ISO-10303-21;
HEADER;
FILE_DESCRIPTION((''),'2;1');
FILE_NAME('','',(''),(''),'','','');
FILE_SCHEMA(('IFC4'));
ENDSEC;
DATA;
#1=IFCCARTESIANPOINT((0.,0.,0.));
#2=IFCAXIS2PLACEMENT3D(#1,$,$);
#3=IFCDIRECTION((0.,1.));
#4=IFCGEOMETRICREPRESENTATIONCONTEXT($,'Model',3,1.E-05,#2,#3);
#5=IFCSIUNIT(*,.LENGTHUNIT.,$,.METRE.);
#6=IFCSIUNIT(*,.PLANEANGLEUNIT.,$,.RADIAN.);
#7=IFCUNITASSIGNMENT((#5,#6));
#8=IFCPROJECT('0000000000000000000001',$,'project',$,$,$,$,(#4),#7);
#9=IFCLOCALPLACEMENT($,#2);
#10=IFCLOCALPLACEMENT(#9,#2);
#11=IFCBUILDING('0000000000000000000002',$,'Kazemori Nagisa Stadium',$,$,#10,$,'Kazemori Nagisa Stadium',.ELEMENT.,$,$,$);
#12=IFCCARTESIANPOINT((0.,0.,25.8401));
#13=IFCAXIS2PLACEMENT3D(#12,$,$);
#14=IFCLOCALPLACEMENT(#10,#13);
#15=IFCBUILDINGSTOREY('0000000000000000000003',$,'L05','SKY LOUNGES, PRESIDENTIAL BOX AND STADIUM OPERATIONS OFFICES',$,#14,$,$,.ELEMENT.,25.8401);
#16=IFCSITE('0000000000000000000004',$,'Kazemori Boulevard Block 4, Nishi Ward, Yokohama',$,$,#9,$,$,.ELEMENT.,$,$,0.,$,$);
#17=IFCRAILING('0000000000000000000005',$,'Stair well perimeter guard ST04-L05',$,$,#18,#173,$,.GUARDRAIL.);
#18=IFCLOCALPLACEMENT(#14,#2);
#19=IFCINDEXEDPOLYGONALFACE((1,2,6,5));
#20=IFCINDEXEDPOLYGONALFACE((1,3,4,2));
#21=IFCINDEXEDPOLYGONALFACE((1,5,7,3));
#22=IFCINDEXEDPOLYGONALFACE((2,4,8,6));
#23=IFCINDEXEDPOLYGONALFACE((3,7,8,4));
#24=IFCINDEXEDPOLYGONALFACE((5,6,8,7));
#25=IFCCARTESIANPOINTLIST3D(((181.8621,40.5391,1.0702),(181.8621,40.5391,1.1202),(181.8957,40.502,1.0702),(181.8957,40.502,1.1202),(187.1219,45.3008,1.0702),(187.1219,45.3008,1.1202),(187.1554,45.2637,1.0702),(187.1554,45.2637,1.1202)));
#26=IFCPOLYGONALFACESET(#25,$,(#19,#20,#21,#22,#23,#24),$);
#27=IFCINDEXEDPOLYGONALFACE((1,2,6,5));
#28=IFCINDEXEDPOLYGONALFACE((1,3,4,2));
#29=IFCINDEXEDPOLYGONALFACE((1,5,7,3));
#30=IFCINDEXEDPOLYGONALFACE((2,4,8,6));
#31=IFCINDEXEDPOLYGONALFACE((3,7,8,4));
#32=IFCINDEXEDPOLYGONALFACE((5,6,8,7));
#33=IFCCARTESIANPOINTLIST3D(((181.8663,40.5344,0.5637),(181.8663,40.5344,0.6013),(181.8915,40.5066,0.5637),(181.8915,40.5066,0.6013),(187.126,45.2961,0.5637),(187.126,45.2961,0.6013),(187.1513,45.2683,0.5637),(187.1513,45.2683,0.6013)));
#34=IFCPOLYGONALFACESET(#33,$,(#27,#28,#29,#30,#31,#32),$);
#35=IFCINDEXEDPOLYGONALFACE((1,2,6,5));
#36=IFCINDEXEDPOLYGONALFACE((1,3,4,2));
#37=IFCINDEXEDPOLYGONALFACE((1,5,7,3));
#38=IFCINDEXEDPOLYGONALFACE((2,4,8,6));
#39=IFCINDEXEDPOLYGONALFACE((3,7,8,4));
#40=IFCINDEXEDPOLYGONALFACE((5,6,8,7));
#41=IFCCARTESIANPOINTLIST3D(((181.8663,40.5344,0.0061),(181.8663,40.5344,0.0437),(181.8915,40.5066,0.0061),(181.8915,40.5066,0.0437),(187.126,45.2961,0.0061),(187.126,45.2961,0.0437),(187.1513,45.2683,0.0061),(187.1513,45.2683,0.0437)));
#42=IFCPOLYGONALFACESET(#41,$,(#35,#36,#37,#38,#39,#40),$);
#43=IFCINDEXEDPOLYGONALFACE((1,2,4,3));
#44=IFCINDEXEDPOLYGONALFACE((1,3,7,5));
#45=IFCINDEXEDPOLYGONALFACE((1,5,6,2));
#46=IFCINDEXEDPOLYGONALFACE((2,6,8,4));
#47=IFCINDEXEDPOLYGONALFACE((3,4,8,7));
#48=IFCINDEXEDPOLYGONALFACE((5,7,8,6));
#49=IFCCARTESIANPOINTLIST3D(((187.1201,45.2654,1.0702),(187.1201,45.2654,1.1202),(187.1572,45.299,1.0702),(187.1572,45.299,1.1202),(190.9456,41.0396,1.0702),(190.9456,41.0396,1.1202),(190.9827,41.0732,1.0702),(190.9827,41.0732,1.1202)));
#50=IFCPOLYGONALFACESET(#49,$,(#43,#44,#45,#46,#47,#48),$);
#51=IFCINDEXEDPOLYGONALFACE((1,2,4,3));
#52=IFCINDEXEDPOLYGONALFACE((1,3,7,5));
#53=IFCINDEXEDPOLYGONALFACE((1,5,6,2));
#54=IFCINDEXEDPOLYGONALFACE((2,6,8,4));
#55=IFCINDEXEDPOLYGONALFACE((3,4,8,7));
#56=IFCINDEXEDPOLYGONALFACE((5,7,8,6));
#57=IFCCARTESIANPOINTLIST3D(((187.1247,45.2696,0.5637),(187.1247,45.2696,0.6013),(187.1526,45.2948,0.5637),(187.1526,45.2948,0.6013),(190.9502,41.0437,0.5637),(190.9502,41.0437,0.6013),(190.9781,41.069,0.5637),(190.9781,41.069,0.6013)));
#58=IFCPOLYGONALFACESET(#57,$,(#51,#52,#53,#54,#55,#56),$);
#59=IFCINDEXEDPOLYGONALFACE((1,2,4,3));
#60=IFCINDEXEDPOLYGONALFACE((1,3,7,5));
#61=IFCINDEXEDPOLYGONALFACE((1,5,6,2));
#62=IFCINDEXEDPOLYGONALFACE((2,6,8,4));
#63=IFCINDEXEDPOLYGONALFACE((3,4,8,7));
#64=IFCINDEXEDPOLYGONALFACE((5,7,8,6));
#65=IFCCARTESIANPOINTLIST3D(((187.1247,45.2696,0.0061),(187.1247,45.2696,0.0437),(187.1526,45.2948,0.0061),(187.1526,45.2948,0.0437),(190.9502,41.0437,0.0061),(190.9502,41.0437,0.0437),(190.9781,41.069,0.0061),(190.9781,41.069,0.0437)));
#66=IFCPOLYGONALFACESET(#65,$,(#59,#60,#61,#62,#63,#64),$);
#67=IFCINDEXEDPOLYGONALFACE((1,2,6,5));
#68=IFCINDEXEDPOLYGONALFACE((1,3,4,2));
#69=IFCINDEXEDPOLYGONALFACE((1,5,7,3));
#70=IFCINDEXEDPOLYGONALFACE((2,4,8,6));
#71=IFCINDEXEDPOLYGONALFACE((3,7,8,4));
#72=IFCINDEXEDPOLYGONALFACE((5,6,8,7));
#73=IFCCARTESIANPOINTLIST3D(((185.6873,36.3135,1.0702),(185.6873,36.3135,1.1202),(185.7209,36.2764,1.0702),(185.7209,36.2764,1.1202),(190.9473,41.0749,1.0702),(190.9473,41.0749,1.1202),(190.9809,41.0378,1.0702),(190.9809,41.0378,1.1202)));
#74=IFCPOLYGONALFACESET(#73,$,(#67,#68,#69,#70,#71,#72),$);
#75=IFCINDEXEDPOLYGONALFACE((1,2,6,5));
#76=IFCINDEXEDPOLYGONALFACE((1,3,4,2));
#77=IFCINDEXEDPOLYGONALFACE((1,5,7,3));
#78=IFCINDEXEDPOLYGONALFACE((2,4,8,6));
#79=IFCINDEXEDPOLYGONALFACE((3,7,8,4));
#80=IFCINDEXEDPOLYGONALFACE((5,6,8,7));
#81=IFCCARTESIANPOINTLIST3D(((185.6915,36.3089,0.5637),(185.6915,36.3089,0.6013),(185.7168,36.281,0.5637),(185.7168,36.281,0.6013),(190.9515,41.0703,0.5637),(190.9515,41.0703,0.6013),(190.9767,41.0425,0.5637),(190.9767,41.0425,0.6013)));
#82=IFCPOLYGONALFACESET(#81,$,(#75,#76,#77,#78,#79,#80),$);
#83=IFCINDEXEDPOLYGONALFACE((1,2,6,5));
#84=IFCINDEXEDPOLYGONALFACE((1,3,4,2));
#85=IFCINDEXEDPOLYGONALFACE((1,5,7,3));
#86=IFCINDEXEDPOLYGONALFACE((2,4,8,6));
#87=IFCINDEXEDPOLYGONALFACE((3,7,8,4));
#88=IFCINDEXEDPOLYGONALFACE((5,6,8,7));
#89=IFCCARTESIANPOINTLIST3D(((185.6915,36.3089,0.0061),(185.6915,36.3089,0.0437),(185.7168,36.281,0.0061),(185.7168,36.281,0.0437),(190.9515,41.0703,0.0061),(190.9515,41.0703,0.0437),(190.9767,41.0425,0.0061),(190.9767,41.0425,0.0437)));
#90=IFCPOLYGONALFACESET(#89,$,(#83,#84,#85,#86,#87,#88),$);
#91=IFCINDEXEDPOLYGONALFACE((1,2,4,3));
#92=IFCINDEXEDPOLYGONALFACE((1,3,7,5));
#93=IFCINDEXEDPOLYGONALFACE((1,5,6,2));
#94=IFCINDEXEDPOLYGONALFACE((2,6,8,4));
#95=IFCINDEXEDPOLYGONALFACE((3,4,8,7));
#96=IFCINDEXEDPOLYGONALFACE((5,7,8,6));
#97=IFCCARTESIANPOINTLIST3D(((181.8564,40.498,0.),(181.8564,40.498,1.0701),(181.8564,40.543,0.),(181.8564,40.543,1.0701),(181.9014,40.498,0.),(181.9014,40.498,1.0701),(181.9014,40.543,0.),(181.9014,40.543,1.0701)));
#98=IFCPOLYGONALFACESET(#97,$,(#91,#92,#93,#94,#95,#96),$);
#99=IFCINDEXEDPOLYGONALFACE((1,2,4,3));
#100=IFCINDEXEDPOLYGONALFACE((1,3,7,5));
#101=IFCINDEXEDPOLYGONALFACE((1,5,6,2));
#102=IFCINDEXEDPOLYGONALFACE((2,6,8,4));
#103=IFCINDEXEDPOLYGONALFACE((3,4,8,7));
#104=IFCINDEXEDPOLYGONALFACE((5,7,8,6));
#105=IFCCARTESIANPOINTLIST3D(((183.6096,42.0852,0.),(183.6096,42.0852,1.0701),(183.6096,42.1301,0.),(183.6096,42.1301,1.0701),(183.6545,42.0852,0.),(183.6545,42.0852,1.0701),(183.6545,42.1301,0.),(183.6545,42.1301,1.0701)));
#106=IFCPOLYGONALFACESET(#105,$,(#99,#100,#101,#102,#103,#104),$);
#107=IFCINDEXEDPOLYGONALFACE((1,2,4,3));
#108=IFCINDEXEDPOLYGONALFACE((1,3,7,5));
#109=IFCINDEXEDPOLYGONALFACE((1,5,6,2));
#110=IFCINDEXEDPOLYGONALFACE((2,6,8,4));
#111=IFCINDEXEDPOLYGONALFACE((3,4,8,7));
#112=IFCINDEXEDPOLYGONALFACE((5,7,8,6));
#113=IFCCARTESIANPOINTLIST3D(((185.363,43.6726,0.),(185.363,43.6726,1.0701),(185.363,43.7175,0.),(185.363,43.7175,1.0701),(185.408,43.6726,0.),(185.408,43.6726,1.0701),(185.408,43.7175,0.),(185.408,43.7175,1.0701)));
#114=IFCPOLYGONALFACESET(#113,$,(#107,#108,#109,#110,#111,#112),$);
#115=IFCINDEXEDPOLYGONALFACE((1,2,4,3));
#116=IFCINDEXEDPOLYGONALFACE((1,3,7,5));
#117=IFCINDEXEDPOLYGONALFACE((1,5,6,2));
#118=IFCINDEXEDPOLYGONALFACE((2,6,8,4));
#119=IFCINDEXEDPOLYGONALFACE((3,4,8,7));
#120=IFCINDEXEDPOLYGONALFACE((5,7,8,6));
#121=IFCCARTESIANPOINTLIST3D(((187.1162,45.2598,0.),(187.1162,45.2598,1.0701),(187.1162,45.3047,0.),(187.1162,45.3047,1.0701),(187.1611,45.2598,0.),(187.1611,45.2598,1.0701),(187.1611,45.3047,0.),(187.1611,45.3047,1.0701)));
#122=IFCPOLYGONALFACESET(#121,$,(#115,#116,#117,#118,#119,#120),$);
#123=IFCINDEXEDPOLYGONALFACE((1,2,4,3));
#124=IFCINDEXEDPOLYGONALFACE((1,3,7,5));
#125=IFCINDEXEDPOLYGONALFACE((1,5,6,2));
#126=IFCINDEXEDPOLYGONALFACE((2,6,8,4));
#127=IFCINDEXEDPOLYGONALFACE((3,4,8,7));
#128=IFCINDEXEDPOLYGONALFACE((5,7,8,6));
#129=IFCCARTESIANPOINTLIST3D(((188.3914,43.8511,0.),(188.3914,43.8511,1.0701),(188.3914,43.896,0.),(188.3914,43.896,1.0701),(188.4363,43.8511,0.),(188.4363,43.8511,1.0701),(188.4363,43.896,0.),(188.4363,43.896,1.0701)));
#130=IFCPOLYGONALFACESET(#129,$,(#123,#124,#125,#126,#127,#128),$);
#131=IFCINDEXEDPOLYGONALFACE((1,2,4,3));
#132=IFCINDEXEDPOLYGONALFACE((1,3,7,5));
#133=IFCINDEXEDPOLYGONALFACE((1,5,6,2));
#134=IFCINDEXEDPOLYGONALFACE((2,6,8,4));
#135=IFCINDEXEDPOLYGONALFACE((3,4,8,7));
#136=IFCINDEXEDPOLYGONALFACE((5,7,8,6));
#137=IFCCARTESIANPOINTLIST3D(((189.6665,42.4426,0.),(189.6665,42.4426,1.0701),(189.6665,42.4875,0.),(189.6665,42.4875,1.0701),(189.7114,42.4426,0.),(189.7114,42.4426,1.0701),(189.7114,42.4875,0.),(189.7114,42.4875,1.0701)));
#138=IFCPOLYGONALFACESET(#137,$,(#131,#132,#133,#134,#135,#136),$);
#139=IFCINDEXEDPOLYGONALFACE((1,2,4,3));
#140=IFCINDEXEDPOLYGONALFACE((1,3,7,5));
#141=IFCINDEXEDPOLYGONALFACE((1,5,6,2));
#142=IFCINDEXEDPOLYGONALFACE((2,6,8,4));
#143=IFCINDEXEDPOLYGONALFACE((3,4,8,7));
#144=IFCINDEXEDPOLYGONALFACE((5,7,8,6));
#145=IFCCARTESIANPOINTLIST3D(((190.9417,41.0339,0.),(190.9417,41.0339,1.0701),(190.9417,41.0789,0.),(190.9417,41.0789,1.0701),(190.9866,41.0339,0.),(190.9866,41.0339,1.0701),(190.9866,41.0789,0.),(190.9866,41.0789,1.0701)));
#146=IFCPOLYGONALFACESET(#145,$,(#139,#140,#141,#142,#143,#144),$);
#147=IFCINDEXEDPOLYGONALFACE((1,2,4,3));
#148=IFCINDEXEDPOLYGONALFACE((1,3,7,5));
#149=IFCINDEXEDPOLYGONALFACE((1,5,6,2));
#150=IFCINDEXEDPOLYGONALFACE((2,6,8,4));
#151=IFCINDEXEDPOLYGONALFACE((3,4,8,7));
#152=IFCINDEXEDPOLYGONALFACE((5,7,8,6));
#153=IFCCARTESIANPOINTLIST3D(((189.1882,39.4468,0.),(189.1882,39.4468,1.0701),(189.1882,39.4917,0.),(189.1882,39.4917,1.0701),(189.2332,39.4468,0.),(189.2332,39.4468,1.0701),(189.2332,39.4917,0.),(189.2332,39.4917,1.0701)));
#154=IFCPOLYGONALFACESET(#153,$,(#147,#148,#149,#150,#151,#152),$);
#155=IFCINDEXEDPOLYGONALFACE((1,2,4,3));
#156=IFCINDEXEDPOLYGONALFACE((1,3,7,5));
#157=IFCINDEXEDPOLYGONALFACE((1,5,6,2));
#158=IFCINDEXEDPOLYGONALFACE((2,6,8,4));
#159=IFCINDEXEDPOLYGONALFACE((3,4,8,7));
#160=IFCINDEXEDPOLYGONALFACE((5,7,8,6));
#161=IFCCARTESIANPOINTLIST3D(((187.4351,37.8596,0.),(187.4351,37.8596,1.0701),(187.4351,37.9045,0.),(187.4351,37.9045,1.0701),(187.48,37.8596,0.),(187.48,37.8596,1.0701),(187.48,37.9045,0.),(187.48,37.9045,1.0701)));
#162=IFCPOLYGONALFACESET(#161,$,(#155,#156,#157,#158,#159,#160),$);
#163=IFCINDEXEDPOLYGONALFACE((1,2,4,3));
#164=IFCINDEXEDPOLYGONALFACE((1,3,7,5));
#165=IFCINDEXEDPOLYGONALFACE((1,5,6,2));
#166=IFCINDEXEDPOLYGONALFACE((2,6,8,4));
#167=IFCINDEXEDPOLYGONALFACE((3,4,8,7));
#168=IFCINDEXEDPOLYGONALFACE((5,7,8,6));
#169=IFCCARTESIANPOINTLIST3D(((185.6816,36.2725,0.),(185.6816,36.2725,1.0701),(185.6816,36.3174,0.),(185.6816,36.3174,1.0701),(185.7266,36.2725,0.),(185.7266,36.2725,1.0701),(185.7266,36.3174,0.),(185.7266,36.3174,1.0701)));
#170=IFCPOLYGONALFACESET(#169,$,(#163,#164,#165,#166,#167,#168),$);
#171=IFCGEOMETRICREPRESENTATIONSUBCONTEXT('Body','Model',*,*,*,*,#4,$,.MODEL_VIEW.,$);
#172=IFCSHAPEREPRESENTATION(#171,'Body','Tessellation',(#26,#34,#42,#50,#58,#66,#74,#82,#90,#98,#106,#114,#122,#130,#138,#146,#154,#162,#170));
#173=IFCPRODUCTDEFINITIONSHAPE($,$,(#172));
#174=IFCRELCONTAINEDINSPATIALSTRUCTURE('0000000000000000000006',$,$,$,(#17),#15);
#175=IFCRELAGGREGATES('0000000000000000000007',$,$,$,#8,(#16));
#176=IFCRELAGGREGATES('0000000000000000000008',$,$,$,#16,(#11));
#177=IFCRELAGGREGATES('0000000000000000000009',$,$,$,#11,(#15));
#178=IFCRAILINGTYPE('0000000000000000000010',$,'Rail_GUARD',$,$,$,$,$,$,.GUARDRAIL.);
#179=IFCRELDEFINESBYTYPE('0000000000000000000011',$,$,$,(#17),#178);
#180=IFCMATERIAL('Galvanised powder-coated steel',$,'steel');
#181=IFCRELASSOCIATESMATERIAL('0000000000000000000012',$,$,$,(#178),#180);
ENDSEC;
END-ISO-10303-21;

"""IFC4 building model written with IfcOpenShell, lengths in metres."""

from ifc_helpers import new_model, si_unit, direction, frame, origin, origin_2d, place, context, subcontext, project, spatial, rectangle, extrude, material, type_object, element, save


model = new_model("IFC4")

# Units and contexts
model_context = context("Model", 3, precision=1e-05, world=origin(), true_north=direction((0.0, 1.0)))
body_context = subcontext(model_context, "Body", "Model", "MODEL_VIEW")
ifc_project = project(units=[si_unit("LENGTHUNIT", "METRE"), si_unit("PLANEANGLEUNIT", "RADIAN")], contexts=[model_context])

# Site, building, storey
site_placement = place(None, origin())
site = spatial("IfcSite", under=ifc_project, at=site_placement, Name="Kazemori Boulevard Block 4, Nishi Ward, Yokohama", CompositionType="ELEMENT", RefElevation=0.0)
building_placement = place(site_placement, origin())
building = spatial("IfcBuilding", under=site, at=building_placement, Name="Kazemori Nagisa Stadium", LongName="Kazemori Nagisa Stadium", CompositionType="ELEMENT")
storey_placement = place(building_placement, frame((0.0, 0.0, 25.8401)))
storey = spatial("IfcBuildingStorey", under=building, at=storey_placement, Name="L05", Description="SKY LOUNGES, PRESIDENTIAL BOX AND STADIUM OPERATIONS OFFICES", CompositionType="ELEMENT", Elevation=25.8401)

# Railing
ifc_material_1 = material(Name="Galvanised powder-coated steel", Category="steel")
railing_type_1 = type_object("IfcRailingType", Name="Rail_GUARD", PredefinedType="GUARDRAIL", material=ifc_material_1)
railing_1_placement = place(storey_placement, frame((181.8789, 40.5205, 0.0)))
element("IfcRailing", 1, at=railing_1_placement, inside=storey, type_object=railing_type_1, Name="Stair well perimeter guard ST04-L05", PredefinedType="GUARDRAIL", context=body_context, shape_type="SweptSolid", body=[
    extrude(rectangle(XDim=0.05, YDim=0.05, at=origin_2d()), frame((0.0, 0.0, 1.0952), z_axis=(0.741334, 0.671137, 0.0), x_axis=(-0.671137, 0.741334, 0.0)), (0.0, 0.0, 1.0), 7.095),
    extrude(rectangle(XDim=0.0376, YDim=0.0376, at=origin_2d()), frame((0.0, 0.0, 0.5825), z_axis=(0.741334, 0.671137, 0.0), x_axis=(-0.671137, 0.741334, 0.0)), (0.0, 0.0, 1.0), 7.095),
    extrude(rectangle(XDim=0.0376, YDim=0.0376, at=origin_2d()), frame((0.0, 0.0, 0.0249), z_axis=(0.741334, 0.671137, 0.0), x_axis=(-0.671137, 0.741334, 0.0)), (0.0, 0.0, 1.0), 7.095),
    extrude(rectangle(XDim=0.05, YDim=0.05, at=origin_2d()), frame((5.2598, 4.7617, 1.0952), z_axis=(0.671113, -0.741355, 0.0), x_axis=(0.741355, 0.671113, 0.0)), (0.0, 0.0, 1.0), 5.7002),
    extrude(rectangle(XDim=0.0376, YDim=0.0376, at=origin_2d()), frame((5.2598, 4.7617, 0.5825), z_axis=(0.671113, -0.741355, 0.0), x_axis=(0.741355, 0.671113, 0.0)), (0.0, 0.0, 1.0), 5.7002),
    extrude(rectangle(XDim=0.0376, YDim=0.0376, at=origin_2d()), frame((5.2598, 4.7617, 0.0249), z_axis=(0.671113, -0.741355, 0.0), x_axis=(0.741355, 0.671113, 0.0)), (0.0, 0.0, 1.0), 5.7002),
    extrude(rectangle(XDim=0.05, YDim=0.05, at=origin_2d()), frame((9.0852, 0.5359, 1.0952), z_axis=(-0.741366, -0.671101, 0.0), x_axis=(0.671101, -0.741366, 0.0)), (0.0, 0.0, 1.0), 7.095),
    extrude(rectangle(XDim=0.0376, YDim=0.0376, at=origin_2d()), frame((9.0852, 0.5359, 0.5825), z_axis=(-0.741366, -0.671101, 0.0), x_axis=(0.671101, -0.741366, 0.0)), (0.0, 0.0, 1.0), 7.095),
    extrude(rectangle(XDim=0.0376, YDim=0.0376, at=origin_2d()), frame((9.0852, 0.5359, 0.0249), z_axis=(-0.741366, -0.671101, 0.0), x_axis=(0.671101, -0.741366, 0.0)), (0.0, 0.0, 1.0), 7.095),
    extrude(rectangle(XDim=0.0449, YDim=0.0449, at=origin_2d()), origin(), (0.0, 0.0, 1.0), 1.0701),
    extrude(rectangle(XDim=0.0449, YDim=0.0449, at=origin_2d()), frame((1.7532, 1.5872, 0.0)), (0.0, 0.0, 1.0), 1.0701),
    extrude(rectangle(XDim=0.0449, YDim=0.0449, at=origin_2d()), frame((3.5066, 3.1746, 0.0)), (0.0, 0.0, 1.0), 1.0701),
    extrude(rectangle(XDim=0.0449, YDim=0.0449, at=origin_2d()), frame((5.2598, 4.7617, 0.0)), (0.0, 0.0, 1.0), 1.0701),
    extrude(rectangle(XDim=0.0449, YDim=0.0449, at=origin_2d()), frame((6.5349, 3.353, 0.0)), (0.0, 0.0, 1.0), 1.0701),
    extrude(rectangle(XDim=0.0449, YDim=0.0449, at=origin_2d()), frame((7.8101, 1.9446, 0.0)), (0.0, 0.0, 1.0), 1.0701),
    extrude(rectangle(XDim=0.0449, YDim=0.0449, at=origin_2d()), frame((9.0852, 0.5359, 0.0)), (0.0, 0.0, 1.0), 1.0701),
    extrude(rectangle(XDim=0.0449, YDim=0.0449, at=origin_2d()), frame((7.3318, -1.0513, 0.0)), (0.0, 0.0, 1.0), 1.0701),
    extrude(rectangle(XDim=0.0449, YDim=0.0449, at=origin_2d()), frame((5.5786, -2.6384, 0.0)), (0.0, 0.0, 1.0), 1.0701),
    extrude(rectangle(XDim=0.0449, YDim=0.0449, at=origin_2d()), frame((3.8252, -4.2256, 0.0)), (0.0, 0.0, 1.0), 1.0701),
])

save(model, "model.ifc")
